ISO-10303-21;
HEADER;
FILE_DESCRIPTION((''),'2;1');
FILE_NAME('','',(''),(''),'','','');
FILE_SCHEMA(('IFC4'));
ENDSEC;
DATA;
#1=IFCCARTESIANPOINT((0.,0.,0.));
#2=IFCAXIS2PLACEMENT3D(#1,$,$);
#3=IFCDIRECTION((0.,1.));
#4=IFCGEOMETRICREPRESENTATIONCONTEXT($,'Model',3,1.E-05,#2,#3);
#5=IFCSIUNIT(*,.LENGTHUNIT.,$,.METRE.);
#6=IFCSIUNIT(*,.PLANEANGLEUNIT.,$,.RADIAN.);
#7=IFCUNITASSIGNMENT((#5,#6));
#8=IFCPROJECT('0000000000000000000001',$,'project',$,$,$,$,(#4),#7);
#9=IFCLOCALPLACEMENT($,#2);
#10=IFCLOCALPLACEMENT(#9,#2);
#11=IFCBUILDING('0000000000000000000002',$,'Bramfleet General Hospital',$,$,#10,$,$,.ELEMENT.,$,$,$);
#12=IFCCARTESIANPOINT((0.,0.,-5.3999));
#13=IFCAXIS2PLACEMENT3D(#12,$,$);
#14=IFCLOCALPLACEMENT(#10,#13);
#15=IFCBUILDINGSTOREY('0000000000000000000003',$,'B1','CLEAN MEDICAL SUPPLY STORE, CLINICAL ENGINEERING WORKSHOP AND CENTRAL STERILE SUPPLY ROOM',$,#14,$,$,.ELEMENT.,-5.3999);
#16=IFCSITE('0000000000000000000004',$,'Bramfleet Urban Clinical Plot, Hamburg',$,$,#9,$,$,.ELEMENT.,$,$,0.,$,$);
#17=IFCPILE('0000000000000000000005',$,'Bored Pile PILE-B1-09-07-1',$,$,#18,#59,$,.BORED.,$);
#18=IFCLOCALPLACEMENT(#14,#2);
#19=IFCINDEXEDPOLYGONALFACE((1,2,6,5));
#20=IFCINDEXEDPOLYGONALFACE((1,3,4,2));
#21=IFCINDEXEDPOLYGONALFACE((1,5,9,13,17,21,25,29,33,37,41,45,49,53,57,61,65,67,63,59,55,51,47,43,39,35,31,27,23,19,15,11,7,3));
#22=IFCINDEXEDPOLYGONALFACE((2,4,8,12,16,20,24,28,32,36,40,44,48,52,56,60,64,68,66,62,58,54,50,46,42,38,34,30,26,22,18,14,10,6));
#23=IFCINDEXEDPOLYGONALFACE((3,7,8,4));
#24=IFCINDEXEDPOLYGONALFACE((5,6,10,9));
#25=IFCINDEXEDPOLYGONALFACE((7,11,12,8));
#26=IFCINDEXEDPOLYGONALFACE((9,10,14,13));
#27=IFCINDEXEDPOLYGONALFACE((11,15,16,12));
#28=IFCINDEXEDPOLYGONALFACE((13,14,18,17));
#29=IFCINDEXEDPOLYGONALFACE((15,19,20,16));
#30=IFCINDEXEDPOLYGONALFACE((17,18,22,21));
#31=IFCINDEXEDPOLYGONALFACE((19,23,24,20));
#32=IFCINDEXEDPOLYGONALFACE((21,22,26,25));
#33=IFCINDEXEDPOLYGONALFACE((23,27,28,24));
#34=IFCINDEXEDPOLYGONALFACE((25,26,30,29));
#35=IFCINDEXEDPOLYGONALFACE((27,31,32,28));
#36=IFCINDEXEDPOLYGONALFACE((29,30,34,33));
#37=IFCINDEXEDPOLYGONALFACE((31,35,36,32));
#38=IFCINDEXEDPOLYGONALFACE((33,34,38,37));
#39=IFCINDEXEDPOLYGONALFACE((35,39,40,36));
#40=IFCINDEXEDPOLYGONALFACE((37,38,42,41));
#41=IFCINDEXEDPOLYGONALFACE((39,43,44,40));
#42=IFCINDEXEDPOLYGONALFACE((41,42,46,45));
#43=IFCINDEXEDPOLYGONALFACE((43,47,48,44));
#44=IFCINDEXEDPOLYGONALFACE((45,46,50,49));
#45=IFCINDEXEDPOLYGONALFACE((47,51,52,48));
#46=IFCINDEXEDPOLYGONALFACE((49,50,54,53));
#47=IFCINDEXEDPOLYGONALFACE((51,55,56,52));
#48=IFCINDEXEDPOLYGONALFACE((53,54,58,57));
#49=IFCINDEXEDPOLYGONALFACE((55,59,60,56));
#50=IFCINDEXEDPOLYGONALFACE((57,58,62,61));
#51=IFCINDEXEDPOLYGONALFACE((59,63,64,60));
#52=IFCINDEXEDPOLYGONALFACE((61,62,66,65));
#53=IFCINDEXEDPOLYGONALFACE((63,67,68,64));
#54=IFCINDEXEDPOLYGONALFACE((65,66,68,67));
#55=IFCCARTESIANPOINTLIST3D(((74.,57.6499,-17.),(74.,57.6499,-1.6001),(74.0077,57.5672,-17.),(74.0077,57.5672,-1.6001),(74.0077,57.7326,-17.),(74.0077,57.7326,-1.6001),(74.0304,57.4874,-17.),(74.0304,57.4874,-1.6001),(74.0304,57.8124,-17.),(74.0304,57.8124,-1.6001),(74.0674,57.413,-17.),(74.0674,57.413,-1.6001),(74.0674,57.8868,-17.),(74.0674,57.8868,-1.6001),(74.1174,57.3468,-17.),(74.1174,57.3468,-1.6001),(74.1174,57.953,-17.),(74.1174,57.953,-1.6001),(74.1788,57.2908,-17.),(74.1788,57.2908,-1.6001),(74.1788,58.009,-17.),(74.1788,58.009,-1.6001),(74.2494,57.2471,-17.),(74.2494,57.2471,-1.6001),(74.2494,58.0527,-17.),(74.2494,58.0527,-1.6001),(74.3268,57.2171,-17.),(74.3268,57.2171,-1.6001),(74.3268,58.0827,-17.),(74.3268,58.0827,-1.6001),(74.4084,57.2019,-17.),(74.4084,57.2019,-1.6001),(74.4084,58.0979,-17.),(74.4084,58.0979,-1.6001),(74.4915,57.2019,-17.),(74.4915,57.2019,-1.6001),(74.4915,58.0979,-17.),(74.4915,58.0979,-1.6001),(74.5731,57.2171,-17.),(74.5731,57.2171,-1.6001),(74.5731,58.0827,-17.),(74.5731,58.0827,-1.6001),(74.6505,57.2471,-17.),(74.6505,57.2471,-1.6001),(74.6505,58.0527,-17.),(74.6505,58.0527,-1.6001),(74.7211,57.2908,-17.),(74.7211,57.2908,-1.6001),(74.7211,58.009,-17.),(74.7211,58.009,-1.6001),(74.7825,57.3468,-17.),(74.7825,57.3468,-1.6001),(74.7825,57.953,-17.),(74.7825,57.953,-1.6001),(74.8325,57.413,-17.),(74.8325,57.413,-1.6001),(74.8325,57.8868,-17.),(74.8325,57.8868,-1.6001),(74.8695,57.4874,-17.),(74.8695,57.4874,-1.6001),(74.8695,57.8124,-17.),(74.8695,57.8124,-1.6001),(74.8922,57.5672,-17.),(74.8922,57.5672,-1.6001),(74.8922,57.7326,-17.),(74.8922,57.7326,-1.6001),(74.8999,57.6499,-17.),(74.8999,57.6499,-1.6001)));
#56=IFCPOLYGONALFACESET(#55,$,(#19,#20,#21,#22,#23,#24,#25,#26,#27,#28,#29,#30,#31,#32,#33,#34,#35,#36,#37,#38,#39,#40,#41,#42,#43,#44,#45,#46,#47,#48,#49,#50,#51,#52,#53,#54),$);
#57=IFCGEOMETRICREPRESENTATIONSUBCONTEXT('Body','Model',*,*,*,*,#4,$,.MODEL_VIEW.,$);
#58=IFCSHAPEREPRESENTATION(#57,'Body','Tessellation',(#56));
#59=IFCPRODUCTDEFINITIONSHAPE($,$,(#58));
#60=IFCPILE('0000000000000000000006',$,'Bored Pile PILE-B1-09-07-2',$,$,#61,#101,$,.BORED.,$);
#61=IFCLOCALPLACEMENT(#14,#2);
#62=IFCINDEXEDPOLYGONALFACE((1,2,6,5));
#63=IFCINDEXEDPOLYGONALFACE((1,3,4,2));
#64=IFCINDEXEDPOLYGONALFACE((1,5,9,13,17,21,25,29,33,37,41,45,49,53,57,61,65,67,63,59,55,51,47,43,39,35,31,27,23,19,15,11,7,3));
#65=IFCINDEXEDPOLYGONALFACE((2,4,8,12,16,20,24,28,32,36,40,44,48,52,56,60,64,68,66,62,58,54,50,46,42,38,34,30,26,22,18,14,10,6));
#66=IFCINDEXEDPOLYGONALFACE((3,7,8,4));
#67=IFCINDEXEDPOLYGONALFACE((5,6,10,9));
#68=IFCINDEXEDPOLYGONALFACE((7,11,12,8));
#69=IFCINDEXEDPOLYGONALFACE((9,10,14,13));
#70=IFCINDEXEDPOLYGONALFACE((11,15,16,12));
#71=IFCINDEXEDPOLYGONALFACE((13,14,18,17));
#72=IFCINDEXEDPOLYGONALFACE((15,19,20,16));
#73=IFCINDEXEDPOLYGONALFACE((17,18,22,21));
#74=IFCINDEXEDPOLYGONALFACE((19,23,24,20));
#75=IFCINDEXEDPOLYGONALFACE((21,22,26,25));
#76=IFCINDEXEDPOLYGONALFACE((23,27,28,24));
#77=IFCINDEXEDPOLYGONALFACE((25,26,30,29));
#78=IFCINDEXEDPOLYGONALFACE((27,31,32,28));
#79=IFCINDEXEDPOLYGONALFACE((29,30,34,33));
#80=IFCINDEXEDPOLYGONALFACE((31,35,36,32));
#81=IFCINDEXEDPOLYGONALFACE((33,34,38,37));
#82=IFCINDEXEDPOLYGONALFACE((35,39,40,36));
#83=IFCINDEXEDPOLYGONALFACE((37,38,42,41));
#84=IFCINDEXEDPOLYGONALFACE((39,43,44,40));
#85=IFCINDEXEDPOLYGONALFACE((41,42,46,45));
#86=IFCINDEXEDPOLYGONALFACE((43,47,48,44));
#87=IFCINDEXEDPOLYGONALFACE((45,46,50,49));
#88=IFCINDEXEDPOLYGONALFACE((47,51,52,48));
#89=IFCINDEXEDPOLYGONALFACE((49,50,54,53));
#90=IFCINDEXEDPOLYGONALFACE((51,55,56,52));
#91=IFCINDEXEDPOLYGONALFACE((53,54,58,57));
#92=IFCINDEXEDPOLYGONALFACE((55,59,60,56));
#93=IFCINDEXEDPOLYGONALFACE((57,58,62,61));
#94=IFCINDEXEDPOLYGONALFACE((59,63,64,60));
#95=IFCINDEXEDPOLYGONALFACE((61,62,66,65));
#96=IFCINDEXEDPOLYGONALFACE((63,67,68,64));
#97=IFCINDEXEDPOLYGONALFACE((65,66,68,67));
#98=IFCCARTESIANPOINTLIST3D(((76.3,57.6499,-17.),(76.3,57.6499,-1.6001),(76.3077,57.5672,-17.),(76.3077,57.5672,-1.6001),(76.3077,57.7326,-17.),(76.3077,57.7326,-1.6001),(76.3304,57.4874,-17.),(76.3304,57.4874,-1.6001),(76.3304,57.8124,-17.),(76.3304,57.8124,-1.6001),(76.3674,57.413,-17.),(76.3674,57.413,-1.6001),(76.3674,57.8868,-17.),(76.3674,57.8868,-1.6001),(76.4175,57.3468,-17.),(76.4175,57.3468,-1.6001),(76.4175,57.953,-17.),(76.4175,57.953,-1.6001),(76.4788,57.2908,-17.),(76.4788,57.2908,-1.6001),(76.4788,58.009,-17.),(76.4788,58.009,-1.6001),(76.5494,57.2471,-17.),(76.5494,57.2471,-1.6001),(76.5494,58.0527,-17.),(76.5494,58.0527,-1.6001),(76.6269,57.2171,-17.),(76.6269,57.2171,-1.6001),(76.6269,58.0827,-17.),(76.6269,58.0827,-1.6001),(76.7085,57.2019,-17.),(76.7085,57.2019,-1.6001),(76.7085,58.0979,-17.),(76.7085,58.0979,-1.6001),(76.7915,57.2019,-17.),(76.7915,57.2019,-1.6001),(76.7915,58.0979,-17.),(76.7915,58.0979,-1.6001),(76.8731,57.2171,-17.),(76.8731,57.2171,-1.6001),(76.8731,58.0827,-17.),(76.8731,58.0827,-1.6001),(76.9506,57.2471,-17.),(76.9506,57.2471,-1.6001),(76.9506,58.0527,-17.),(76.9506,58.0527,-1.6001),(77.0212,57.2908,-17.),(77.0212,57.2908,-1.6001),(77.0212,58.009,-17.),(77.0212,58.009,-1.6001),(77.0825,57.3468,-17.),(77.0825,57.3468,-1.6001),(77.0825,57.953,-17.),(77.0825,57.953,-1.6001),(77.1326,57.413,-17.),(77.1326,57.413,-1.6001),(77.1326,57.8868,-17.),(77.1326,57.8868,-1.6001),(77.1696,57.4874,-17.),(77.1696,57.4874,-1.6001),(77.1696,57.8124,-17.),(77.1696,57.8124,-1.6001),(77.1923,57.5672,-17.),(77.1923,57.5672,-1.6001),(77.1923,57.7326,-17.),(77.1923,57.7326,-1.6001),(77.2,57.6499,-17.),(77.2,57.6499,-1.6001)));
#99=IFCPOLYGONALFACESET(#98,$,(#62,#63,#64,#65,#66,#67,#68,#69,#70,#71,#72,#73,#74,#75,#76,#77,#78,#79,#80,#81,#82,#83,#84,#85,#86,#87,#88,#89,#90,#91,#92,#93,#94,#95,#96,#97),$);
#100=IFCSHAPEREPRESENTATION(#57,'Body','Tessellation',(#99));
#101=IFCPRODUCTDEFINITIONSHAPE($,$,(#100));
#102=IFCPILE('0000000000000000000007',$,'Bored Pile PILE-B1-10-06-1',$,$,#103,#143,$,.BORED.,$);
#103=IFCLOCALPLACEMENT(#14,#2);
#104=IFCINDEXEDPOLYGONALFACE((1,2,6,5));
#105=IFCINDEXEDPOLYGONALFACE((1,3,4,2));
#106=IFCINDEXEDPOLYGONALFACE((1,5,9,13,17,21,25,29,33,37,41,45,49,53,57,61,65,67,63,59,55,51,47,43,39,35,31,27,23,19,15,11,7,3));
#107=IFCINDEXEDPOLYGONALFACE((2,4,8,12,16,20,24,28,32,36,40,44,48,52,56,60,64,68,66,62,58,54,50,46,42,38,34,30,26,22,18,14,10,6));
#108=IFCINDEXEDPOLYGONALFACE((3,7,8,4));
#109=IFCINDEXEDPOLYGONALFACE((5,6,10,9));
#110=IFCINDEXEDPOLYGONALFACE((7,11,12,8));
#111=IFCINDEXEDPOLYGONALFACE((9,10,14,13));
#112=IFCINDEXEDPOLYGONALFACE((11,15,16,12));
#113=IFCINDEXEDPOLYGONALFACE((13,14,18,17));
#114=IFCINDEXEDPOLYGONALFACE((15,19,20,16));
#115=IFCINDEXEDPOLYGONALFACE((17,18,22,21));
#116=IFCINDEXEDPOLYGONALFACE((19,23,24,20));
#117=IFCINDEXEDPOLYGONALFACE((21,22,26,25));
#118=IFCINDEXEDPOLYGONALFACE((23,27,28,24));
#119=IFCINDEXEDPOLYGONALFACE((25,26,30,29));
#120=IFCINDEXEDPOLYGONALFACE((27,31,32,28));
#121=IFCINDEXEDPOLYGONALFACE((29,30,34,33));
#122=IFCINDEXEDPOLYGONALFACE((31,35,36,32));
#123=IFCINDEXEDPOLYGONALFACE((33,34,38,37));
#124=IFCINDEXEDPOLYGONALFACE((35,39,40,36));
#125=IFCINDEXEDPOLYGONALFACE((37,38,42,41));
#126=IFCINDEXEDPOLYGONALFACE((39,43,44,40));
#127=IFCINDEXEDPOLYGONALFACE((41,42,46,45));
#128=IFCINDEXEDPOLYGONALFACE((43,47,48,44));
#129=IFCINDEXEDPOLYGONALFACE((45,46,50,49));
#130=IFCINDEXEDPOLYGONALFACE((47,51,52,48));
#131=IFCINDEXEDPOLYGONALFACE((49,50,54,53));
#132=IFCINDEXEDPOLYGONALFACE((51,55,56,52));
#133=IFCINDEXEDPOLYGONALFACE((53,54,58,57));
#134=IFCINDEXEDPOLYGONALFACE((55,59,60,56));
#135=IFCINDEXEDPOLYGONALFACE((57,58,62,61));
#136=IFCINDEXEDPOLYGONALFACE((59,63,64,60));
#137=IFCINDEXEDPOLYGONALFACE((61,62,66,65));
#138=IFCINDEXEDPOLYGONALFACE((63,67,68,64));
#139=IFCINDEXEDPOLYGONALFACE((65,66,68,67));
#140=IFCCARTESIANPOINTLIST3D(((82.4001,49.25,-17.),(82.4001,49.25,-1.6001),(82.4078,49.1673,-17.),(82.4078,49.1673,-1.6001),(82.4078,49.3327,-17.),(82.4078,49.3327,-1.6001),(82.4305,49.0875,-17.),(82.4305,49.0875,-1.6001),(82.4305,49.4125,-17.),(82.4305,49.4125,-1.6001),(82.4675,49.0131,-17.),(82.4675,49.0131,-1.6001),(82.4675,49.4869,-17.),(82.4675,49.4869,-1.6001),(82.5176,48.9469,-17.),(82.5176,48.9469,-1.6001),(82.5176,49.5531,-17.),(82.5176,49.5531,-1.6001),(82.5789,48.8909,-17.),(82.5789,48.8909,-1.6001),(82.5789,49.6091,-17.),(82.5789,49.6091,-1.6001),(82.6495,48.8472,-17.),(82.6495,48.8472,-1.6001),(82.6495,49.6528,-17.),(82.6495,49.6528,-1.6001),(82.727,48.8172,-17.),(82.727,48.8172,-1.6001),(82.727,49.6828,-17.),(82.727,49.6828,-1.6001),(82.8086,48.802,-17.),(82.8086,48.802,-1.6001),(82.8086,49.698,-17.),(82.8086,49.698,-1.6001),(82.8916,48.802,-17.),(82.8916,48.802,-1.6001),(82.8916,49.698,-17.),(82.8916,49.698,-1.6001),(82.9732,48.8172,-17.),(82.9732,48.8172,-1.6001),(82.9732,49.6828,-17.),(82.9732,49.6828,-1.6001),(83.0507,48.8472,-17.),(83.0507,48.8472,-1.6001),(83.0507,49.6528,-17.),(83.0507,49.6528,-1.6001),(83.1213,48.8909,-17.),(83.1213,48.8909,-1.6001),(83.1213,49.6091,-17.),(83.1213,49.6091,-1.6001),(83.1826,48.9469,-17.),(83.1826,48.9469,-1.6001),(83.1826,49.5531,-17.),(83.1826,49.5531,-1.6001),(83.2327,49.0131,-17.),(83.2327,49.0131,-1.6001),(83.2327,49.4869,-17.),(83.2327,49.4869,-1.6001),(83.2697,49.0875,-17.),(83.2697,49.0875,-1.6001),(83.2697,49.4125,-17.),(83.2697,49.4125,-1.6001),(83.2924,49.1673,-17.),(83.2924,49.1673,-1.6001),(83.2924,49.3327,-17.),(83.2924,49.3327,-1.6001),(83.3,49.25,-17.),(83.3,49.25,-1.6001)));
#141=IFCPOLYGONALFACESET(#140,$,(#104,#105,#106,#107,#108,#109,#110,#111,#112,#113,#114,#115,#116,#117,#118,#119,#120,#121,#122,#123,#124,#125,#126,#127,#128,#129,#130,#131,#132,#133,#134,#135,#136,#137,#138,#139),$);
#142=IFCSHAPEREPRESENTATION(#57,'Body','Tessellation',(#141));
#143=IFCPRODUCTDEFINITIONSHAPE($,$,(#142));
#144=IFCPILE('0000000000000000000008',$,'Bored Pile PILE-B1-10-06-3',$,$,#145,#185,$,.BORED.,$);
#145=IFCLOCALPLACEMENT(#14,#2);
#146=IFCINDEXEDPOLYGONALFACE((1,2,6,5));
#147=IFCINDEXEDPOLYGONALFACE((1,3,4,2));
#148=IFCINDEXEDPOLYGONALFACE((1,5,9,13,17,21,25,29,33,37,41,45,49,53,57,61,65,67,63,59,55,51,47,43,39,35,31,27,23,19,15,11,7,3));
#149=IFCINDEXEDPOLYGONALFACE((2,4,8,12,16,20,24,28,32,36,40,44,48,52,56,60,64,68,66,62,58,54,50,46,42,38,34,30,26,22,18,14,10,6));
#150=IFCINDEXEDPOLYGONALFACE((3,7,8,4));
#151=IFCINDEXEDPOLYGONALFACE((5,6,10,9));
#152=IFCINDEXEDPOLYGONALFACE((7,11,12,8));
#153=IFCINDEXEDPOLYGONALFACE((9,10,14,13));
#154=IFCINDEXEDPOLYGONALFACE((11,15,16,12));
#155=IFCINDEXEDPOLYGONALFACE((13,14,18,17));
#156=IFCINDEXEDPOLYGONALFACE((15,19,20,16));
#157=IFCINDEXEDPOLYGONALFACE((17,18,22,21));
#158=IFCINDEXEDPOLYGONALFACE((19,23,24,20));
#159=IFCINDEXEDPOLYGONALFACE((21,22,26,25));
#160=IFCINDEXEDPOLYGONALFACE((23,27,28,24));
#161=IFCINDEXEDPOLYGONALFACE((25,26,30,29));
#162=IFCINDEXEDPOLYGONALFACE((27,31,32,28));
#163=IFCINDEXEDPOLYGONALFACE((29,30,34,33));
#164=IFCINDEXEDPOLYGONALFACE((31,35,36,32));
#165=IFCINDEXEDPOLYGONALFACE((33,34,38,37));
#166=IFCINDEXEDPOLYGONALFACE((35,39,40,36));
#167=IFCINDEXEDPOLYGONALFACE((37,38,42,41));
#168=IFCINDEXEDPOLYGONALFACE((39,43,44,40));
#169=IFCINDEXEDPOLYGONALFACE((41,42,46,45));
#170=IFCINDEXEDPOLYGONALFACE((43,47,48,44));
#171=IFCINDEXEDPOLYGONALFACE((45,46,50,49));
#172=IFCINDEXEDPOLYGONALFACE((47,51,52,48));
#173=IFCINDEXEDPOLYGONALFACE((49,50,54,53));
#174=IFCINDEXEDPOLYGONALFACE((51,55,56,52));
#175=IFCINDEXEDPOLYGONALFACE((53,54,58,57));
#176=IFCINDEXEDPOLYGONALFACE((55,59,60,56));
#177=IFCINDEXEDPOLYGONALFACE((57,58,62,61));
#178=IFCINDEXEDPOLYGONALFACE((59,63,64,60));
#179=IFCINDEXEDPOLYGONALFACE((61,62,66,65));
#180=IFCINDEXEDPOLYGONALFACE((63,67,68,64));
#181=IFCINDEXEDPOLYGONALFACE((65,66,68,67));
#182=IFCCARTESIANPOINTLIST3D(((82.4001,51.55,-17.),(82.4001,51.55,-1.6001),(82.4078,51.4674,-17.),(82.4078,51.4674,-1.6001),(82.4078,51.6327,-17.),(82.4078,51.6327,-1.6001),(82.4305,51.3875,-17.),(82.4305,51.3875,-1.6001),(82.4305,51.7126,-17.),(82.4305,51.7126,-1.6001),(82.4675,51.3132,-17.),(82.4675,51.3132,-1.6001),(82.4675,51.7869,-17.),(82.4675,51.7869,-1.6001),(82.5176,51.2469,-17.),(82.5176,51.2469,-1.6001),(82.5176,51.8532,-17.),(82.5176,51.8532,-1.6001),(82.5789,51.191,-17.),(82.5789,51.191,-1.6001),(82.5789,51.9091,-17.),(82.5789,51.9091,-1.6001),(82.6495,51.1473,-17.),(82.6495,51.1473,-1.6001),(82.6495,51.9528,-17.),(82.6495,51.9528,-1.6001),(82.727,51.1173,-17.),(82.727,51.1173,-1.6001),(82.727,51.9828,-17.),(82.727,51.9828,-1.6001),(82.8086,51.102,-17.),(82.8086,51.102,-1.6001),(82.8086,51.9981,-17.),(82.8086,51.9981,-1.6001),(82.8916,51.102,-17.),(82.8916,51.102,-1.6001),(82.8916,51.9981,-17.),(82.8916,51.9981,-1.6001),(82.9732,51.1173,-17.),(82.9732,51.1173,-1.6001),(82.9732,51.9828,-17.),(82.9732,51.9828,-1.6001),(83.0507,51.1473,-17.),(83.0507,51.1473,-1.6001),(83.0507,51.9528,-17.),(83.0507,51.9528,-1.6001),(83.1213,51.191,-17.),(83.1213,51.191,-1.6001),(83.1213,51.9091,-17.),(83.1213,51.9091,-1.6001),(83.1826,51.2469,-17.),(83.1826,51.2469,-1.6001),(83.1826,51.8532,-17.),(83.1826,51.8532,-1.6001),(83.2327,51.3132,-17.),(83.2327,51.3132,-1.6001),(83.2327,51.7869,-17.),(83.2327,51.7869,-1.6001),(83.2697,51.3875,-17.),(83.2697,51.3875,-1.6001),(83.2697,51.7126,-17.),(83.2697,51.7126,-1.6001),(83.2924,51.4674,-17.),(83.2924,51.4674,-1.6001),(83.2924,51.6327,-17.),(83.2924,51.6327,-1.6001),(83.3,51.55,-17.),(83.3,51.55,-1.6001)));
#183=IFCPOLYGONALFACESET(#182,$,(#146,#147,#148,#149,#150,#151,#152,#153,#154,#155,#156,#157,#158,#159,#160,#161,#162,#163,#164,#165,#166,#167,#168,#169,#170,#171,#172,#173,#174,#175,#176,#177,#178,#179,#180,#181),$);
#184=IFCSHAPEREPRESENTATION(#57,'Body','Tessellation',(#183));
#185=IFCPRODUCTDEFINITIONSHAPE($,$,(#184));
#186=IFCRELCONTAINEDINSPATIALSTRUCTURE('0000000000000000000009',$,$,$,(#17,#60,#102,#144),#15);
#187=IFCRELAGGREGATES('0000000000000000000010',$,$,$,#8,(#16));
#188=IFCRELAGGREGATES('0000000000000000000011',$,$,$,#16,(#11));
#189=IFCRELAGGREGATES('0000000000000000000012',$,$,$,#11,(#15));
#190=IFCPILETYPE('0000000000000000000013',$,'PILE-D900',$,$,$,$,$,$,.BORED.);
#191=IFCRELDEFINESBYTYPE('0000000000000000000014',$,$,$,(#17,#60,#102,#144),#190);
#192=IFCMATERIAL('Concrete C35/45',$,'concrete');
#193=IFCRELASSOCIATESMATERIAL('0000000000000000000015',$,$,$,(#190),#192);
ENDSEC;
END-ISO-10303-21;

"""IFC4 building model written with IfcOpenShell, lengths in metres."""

from ifc_helpers import new_model, si_unit, direction, frame, origin, origin_2d, place, context, subcontext, project, spatial, circle, extrude, material, material_profile, profile_set, type_object, element, save


model = new_model("IFC4")

# Units and contexts
model_context = context("Model", 3, precision=1e-05, world=origin(), true_north=direction((0.0, 1.0)))
body_context = subcontext(model_context, "Body", "Model", "MODEL_VIEW")
ifc_project = project(units=[si_unit("LENGTHUNIT", "METRE"), si_unit("PLANEANGLEUNIT", "RADIAN")], contexts=[model_context])

# Site, building, storey
site_placement = place(None, origin())
site = spatial("IfcSite", under=ifc_project, at=site_placement, Name="Bramfleet Urban Clinical Plot, Hamburg", CompositionType="ELEMENT", RefElevation=0.0)
building_placement = place(site_placement, origin())
building = spatial("IfcBuilding", under=site, at=building_placement, Name="Bramfleet General Hospital", CompositionType="ELEMENT")
storey_placement = place(building_placement, frame((0.0, 0.0, -5.3999)))
storey = spatial("IfcBuildingStorey", under=building, at=storey_placement, Name="B1", Description="CLEAN MEDICAL SUPPLY STORE, CLINICAL ENGINEERING WORKSHOP AND CENTRAL STERILE SUPPLY ROOM", CompositionType="ELEMENT", Elevation=-5.3999)

# Shared definitions
ifc_material_1 = material(Name="Concrete C35/45", Category="concrete")

# Piles
ifc_material_profile_1 = material_profile(ifc_material_1, circle(Radius=0.45, at=origin_2d()), Name="PILE BORED D900")
ifc_profile_set_1 = profile_set([ifc_material_profile_1], Name="Concrete C35/45")
pile_type_1 = type_object("IfcPileType", Name="PILE-D900", PredefinedType="BORED", material=ifc_profile_set_1)
for number, where, z_axis, x_axis, name in (
    (1, (74.45, 57.6499, -1.6001), (0.0, 0.0, -1.0), (1.0, 0.0, 0.0), "Bored Pile PILE-B1-09-07-1"),
    (2, (76.75, 57.6499, -1.6001), (0.0, 0.0, -1.0), (1.0, 0.0, 0.0), "Bored Pile PILE-B1-09-07-2"),
    (3, (82.8501, 49.25, -1.6001), (0.0, 0.0, -1.0), (1.0, 0.0, 0.0), "Bored Pile PILE-B1-10-06-1"),
    (4, (82.8501, 51.55, -1.6001), (0.0, 0.0, -1.0), (1.0, 0.0, 0.0), "Bored Pile PILE-B1-10-06-3"),
):
    element("IfcPile", number, at=place(storey_placement, frame(where, z_axis=z_axis, x_axis=x_axis)), inside=storey, type_object=pile_type_1, Name=name, PredefinedType="BORED", context=body_context, shape_type="SweptSolid", body=[
        extrude(circle(Radius=0.45, at=origin_2d()), origin(), (0.0, 0.0, 1.0), 15.3999),
    ])

save(model, "model.ifc")
